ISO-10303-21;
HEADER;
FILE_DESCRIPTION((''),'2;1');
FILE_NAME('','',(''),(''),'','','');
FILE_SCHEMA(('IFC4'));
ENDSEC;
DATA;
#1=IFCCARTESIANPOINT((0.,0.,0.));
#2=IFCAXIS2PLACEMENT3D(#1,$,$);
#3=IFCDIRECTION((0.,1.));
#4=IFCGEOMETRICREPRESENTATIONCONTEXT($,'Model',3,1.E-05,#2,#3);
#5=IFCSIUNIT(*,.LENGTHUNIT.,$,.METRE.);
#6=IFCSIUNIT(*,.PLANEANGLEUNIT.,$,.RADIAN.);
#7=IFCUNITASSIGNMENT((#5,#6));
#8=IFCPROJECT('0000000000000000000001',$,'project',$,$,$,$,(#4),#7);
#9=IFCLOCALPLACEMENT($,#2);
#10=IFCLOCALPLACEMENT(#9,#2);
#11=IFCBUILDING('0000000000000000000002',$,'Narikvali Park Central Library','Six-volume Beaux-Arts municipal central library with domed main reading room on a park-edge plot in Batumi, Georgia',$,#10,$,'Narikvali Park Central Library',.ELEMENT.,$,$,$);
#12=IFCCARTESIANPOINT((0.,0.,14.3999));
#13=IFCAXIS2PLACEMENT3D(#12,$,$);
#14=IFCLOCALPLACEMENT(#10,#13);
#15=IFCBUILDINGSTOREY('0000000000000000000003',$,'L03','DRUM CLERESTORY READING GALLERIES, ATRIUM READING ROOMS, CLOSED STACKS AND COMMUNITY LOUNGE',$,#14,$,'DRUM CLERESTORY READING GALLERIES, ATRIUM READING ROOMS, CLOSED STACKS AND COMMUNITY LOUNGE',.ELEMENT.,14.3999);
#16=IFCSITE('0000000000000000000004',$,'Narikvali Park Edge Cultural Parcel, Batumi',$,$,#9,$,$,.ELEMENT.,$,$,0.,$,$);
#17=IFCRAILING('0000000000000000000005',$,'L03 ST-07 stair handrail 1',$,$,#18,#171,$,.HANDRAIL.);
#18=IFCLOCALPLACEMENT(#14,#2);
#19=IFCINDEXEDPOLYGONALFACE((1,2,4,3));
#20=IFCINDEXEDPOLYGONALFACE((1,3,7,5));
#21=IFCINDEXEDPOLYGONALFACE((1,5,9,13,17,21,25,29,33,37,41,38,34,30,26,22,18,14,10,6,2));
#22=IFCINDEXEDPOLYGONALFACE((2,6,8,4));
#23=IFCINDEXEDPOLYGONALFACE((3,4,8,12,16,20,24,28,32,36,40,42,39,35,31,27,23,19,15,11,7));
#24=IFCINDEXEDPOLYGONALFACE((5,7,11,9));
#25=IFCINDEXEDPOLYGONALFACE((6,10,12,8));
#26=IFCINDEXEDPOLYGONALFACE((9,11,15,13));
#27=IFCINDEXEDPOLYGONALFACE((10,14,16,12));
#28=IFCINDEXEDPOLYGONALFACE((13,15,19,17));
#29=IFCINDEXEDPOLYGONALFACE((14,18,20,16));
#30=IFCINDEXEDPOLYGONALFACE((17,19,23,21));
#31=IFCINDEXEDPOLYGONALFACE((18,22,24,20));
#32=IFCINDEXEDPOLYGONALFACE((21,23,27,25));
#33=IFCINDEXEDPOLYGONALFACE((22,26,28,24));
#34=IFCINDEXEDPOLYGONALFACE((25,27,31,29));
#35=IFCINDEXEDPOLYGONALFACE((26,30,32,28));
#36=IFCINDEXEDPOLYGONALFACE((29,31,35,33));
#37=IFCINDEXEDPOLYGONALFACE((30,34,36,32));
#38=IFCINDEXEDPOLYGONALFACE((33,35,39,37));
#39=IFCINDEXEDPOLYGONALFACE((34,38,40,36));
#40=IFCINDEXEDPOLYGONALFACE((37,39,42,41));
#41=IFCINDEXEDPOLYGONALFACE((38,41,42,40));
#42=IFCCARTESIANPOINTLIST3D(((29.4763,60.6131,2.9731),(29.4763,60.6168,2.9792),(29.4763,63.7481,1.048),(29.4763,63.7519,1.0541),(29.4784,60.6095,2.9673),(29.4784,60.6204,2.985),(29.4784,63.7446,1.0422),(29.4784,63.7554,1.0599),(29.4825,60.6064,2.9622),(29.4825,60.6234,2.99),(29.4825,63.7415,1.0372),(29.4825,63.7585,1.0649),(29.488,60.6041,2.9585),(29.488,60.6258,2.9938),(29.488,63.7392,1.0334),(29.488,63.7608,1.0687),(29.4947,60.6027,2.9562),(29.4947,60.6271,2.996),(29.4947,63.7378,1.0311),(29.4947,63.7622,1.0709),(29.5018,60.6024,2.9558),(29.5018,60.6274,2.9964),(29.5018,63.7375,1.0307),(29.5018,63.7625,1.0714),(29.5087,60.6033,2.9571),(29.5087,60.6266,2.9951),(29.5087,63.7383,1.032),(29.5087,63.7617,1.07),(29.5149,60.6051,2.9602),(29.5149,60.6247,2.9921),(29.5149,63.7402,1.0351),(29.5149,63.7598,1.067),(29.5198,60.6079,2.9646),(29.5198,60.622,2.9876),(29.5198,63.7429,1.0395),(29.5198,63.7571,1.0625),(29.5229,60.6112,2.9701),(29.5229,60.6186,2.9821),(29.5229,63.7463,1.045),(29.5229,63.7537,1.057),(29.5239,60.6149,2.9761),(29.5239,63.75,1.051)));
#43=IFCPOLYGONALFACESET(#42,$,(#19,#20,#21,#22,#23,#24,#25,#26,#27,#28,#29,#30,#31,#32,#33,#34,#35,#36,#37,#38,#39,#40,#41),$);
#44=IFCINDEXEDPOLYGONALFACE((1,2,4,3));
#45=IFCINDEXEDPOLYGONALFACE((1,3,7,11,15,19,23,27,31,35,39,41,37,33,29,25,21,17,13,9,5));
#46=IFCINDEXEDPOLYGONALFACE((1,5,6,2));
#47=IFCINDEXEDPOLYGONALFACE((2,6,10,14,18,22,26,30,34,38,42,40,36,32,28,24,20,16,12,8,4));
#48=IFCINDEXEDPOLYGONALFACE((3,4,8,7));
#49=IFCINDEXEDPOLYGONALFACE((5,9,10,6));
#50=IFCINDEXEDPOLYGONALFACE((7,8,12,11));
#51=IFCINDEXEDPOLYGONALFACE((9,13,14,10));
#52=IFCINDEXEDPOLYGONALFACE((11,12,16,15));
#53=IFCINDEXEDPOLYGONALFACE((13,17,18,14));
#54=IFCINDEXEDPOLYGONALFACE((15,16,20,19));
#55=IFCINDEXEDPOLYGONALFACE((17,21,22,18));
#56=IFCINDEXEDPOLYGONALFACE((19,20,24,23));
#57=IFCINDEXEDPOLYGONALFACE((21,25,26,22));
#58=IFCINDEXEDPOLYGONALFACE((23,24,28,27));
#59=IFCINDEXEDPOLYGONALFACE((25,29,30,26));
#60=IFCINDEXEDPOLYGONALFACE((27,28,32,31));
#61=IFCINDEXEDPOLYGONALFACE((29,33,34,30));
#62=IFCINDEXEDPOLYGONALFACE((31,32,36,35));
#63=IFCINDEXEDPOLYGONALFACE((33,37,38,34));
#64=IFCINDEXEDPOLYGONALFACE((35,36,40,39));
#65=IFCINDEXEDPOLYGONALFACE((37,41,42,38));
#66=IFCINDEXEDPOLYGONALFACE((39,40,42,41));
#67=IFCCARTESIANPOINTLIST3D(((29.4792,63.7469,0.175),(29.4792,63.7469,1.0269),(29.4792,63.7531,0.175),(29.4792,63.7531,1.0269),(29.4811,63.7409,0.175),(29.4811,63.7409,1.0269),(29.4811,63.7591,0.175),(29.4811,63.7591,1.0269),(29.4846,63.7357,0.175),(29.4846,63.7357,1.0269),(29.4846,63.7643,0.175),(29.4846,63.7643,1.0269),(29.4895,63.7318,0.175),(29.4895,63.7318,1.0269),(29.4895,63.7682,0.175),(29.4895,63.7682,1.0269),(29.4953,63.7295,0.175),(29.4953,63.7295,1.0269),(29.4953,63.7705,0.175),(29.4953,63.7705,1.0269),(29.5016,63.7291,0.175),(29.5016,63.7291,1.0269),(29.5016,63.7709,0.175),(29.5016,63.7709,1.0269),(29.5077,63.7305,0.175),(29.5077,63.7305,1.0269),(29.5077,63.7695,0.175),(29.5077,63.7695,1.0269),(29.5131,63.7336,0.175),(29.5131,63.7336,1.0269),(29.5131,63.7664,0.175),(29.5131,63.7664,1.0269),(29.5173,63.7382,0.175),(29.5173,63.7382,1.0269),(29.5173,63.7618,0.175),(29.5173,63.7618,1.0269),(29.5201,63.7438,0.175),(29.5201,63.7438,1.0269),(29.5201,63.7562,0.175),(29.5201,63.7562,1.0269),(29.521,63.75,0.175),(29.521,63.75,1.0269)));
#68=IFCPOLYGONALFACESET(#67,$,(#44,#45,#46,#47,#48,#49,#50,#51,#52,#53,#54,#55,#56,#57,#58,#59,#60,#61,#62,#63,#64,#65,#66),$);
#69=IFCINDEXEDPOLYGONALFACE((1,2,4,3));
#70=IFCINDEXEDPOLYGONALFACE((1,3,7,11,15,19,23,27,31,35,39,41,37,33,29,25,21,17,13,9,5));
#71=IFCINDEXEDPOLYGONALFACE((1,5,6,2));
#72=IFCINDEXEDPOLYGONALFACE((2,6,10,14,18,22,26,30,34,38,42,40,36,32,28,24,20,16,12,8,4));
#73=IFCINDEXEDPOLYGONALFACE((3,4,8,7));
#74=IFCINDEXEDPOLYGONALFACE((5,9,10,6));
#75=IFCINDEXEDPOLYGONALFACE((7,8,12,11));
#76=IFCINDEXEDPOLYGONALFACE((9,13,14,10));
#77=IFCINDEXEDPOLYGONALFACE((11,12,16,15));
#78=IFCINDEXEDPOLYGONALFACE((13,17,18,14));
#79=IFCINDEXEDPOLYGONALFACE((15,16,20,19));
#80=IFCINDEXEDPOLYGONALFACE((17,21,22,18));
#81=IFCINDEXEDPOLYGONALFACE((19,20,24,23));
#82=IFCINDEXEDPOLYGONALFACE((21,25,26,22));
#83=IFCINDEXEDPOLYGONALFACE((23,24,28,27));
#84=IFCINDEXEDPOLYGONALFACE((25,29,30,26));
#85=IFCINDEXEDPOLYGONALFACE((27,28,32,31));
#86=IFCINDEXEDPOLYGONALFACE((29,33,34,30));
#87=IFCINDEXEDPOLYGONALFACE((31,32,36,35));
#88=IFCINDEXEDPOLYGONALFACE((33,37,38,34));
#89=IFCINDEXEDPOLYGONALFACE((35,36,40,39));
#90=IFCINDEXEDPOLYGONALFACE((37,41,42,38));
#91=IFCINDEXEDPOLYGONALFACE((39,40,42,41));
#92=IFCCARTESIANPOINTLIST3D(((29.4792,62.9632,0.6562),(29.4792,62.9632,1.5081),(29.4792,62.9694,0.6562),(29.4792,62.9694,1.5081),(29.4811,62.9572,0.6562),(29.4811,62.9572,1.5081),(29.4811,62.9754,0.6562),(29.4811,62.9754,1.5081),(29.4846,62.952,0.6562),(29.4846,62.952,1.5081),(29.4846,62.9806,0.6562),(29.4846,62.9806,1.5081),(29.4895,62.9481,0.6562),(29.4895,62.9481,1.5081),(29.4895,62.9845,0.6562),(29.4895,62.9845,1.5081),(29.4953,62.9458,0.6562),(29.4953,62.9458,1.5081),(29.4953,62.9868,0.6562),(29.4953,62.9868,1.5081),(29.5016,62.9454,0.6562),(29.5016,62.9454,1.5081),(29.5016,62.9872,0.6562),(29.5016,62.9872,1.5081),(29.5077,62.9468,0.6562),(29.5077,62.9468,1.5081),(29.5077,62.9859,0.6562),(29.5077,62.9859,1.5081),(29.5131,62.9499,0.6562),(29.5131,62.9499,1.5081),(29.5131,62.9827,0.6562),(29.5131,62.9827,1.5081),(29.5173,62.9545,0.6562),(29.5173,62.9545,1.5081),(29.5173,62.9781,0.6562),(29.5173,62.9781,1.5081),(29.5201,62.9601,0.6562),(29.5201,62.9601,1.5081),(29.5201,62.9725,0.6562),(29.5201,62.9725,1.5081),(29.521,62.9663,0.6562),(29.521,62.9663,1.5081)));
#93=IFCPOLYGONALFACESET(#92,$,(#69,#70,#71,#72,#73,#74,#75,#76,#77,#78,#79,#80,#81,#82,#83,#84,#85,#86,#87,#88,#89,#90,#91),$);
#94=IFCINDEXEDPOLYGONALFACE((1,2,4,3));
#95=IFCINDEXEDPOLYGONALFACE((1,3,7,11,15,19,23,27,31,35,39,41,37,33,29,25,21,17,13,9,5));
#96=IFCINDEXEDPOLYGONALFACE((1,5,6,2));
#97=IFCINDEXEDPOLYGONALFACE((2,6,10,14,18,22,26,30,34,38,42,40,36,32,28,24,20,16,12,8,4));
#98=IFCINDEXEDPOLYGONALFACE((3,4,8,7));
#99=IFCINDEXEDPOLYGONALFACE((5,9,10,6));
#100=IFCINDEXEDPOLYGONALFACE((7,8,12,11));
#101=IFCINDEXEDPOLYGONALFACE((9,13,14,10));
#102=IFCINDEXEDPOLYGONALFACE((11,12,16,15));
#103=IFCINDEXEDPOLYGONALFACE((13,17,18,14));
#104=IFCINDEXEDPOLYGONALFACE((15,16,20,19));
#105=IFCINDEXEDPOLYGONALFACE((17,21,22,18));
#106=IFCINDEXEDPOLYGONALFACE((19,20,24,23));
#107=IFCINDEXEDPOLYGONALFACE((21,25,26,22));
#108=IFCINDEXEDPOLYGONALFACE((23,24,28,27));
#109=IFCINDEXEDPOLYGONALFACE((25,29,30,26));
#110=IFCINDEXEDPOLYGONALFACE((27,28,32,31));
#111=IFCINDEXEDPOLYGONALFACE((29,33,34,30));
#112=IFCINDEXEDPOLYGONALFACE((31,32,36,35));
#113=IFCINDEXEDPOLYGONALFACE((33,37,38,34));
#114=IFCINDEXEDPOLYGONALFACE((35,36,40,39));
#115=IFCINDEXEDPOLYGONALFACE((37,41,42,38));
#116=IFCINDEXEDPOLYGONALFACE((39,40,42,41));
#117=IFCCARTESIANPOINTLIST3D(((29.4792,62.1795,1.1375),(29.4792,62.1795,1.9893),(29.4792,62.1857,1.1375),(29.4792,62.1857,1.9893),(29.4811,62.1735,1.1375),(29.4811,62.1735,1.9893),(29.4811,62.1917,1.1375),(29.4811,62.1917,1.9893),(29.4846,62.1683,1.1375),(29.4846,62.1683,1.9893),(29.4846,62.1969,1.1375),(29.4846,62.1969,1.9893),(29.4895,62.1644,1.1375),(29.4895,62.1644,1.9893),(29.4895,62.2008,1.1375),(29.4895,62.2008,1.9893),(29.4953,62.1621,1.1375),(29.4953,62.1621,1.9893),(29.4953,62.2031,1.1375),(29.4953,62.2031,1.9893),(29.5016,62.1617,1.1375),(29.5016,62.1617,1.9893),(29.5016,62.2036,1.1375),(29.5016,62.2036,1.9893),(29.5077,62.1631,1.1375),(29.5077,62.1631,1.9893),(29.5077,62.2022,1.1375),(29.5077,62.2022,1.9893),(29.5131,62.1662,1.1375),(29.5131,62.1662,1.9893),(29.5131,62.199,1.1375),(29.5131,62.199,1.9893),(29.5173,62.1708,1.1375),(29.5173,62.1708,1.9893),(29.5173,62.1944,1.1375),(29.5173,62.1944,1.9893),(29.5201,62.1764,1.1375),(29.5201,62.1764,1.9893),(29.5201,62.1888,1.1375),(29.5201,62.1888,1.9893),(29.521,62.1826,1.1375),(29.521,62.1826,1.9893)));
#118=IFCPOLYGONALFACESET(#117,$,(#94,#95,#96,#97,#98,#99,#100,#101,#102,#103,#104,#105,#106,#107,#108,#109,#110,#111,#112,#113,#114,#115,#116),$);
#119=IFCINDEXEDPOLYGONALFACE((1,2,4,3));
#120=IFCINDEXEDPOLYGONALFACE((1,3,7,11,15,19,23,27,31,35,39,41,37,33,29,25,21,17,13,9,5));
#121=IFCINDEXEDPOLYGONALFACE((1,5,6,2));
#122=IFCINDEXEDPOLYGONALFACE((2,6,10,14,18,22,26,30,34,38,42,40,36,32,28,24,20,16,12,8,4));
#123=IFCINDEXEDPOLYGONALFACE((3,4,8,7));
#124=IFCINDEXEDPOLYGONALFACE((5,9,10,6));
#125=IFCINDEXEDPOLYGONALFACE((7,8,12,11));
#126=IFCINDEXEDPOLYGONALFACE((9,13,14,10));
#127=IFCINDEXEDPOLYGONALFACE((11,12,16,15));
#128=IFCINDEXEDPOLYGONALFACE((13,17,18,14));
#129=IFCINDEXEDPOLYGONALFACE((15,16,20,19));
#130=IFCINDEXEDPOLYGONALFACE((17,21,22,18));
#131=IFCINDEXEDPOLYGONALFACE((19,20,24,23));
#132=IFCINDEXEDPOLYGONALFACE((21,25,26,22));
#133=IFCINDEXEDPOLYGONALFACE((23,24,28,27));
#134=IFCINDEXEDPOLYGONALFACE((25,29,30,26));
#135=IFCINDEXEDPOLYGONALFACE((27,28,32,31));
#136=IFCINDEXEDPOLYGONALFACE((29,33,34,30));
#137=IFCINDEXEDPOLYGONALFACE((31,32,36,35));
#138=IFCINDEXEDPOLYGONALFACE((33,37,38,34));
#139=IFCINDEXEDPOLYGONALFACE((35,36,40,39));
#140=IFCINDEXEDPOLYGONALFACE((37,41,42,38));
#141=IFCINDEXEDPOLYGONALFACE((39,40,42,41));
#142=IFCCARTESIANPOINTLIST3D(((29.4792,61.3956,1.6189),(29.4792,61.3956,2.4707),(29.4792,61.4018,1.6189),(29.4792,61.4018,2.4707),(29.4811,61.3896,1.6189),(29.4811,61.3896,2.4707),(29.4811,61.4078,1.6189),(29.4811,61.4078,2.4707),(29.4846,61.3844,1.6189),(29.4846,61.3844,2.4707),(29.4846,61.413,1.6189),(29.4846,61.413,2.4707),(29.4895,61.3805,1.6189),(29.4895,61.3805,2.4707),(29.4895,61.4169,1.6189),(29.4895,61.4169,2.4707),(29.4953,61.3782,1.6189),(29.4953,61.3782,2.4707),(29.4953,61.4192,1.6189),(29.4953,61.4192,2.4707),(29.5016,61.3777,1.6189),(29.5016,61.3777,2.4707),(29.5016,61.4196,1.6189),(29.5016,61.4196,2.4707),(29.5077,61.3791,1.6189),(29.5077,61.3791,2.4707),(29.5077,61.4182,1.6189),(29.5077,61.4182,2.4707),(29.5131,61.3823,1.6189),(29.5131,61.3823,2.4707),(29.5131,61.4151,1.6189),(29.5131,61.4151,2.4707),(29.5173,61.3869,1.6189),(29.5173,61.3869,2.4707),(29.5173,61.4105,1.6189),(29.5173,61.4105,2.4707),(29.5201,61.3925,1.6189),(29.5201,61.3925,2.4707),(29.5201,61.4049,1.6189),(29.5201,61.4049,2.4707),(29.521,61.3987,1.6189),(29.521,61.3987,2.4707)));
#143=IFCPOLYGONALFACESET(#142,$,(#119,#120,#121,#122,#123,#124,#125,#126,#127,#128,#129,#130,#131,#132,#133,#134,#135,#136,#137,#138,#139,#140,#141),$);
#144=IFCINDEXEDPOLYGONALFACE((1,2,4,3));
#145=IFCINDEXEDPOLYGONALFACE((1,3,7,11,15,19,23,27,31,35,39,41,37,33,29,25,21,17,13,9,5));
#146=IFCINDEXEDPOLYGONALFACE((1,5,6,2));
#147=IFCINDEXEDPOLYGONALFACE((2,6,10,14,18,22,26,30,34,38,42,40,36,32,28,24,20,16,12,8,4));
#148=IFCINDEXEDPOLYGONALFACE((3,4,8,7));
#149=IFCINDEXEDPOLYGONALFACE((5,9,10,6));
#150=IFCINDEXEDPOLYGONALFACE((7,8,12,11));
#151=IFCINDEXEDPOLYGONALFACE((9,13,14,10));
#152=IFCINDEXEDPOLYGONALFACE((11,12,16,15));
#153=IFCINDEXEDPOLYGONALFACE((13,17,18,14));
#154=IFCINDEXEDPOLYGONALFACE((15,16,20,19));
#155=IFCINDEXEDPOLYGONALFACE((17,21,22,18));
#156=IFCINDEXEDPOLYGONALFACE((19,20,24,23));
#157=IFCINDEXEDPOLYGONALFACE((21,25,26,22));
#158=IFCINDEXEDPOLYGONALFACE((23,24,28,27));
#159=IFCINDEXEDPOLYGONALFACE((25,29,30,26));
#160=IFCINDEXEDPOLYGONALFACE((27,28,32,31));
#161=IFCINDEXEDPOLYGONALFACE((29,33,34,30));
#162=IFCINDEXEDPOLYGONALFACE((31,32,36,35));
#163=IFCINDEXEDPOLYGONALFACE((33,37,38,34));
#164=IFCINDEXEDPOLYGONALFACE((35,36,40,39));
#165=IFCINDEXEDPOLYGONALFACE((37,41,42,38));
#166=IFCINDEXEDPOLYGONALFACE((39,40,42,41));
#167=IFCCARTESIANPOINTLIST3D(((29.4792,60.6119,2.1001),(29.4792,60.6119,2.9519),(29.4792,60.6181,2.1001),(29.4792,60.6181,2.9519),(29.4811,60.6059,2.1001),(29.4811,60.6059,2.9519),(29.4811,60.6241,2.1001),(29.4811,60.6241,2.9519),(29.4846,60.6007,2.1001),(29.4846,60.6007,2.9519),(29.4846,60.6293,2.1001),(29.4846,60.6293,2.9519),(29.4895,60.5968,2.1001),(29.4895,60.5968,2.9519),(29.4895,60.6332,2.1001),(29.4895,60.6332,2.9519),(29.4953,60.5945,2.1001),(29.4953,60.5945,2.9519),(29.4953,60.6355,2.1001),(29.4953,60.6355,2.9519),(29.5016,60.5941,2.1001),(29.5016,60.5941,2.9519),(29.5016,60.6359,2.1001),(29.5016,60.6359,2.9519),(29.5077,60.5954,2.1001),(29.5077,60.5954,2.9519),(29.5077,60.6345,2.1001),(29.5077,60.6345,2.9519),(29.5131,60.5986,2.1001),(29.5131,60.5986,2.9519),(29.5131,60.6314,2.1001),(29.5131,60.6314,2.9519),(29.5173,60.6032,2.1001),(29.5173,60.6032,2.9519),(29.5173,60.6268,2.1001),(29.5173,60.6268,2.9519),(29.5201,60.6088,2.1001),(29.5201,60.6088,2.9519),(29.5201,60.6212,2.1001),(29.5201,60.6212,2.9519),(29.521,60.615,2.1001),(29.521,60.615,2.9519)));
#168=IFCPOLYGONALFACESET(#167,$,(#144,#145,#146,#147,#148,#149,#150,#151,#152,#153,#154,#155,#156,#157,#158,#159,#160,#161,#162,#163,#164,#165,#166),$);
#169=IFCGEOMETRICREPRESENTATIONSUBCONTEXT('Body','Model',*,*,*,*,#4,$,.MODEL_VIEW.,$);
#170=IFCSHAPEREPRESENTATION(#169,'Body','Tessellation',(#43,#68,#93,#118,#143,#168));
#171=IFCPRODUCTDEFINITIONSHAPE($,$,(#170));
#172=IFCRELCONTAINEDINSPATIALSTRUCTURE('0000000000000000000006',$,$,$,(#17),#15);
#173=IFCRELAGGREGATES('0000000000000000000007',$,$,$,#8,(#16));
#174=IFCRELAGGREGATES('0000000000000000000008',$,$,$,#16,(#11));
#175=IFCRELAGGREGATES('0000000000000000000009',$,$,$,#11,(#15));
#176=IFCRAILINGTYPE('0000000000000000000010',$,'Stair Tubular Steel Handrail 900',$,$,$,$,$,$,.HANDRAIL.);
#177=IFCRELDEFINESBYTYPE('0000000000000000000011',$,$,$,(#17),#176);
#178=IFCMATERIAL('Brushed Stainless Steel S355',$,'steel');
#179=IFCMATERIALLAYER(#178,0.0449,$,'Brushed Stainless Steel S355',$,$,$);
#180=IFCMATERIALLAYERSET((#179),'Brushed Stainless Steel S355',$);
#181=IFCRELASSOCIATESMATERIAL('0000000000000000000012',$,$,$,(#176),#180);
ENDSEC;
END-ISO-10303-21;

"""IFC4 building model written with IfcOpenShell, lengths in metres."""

from ifc_helpers import new_model, si_unit, direction, frame, origin, origin_2d, place, context, subcontext, project, spatial, circle, extrude, material, layer, layer_set, type_object, element, save


model = new_model("IFC4")

# Units and contexts
model_context = context("Model", 3, precision=1e-05, world=origin(), true_north=direction((0.0, 1.0)))
body_context = subcontext(model_context, "Body", "Model", "MODEL_VIEW")
ifc_project = project(units=[si_unit("LENGTHUNIT", "METRE"), si_unit("PLANEANGLEUNIT", "RADIAN")], contexts=[model_context])

# Site, building, storey
site_placement = place(None, origin())
site = spatial("IfcSite", under=ifc_project, at=site_placement, Name="Narikvali Park Edge Cultural Parcel, Batumi", CompositionType="ELEMENT", RefElevation=0.0)
building_placement = place(site_placement, origin())
building = spatial("IfcBuilding", under=site, at=building_placement, Name="Narikvali Park Central Library", Description="Six-volume Beaux-Arts municipal central library with domed main reading room on a park-edge plot in Batumi, Georgia", LongName="Narikvali Park Central Library", CompositionType="ELEMENT")
storey_placement = place(building_placement, frame((0.0, 0.0, 14.3999)))
storey = spatial("IfcBuildingStorey", under=building, at=storey_placement, Name="L03", Description="DRUM CLERESTORY READING GALLERIES, ATRIUM READING ROOMS, CLOSED STACKS AND COMMUNITY LOUNGE", LongName="DRUM CLERESTORY READING GALLERIES, ATRIUM READING ROOMS, CLOSED STACKS AND COMMUNITY LOUNGE", CompositionType="ELEMENT", Elevation=14.3999)

# Shared definitions
ifc_material_1 = material(Name="Brushed Stainless Steel S355", Category="steel")

# Railing
ifc_layer_1 = layer(ifc_material_1, 0.0449, Name="Brushed Stainless Steel S355")
ifc_layer_set_1 = layer_set([ifc_layer_1], Name="Brushed Stainless Steel S355")
railing_type_1 = type_object("IfcRailingType", Name="Stair Tubular Steel Handrail 900", PredefinedType="HANDRAIL", material=ifc_layer_set_1)
railing_1_placement = place(storey_placement, frame((29.5, 63.75, 0.175)))
element("IfcRailing", 1, at=railing_1_placement, inside=storey, type_object=railing_type_1, Name="L03 ST-07 stair handrail 1", PredefinedType="HANDRAIL", context=body_context, shape_type="SweptSolid", body=[
    extrude(circle(Radius=0.0239, at=origin_2d()), frame((0.0, 0.0, 0.876), z_axis=(0.0, -0.852166, 0.523271), x_axis=(1.0, 0.0, 0.0)), (0.0, 0.0, 1.0), 3.679),
    extrude(circle(Radius=0.021, at=origin_2d()), origin(), (0.0, 0.0, 1.0), 0.8518),
    extrude(circle(Radius=0.021, at=origin_2d()), frame((0.0, -0.7837, 0.4812)), (0.0, 0.0, 1.0), 0.8518),
    extrude(circle(Radius=0.021, at=origin_2d()), frame((0.0, -1.5674, 0.9624)), (0.0, 0.0, 1.0), 0.8518),
    extrude(circle(Radius=0.021, at=origin_2d()), frame((0.0, -2.3513, 1.4438)), (0.0, 0.0, 1.0), 0.8518),
    extrude(circle(Radius=0.021, at=origin_2d()), frame((0.0, -3.135, 1.925)), (0.0, 0.0, 1.0), 0.8518),
])

save(model, "model.ifc")
